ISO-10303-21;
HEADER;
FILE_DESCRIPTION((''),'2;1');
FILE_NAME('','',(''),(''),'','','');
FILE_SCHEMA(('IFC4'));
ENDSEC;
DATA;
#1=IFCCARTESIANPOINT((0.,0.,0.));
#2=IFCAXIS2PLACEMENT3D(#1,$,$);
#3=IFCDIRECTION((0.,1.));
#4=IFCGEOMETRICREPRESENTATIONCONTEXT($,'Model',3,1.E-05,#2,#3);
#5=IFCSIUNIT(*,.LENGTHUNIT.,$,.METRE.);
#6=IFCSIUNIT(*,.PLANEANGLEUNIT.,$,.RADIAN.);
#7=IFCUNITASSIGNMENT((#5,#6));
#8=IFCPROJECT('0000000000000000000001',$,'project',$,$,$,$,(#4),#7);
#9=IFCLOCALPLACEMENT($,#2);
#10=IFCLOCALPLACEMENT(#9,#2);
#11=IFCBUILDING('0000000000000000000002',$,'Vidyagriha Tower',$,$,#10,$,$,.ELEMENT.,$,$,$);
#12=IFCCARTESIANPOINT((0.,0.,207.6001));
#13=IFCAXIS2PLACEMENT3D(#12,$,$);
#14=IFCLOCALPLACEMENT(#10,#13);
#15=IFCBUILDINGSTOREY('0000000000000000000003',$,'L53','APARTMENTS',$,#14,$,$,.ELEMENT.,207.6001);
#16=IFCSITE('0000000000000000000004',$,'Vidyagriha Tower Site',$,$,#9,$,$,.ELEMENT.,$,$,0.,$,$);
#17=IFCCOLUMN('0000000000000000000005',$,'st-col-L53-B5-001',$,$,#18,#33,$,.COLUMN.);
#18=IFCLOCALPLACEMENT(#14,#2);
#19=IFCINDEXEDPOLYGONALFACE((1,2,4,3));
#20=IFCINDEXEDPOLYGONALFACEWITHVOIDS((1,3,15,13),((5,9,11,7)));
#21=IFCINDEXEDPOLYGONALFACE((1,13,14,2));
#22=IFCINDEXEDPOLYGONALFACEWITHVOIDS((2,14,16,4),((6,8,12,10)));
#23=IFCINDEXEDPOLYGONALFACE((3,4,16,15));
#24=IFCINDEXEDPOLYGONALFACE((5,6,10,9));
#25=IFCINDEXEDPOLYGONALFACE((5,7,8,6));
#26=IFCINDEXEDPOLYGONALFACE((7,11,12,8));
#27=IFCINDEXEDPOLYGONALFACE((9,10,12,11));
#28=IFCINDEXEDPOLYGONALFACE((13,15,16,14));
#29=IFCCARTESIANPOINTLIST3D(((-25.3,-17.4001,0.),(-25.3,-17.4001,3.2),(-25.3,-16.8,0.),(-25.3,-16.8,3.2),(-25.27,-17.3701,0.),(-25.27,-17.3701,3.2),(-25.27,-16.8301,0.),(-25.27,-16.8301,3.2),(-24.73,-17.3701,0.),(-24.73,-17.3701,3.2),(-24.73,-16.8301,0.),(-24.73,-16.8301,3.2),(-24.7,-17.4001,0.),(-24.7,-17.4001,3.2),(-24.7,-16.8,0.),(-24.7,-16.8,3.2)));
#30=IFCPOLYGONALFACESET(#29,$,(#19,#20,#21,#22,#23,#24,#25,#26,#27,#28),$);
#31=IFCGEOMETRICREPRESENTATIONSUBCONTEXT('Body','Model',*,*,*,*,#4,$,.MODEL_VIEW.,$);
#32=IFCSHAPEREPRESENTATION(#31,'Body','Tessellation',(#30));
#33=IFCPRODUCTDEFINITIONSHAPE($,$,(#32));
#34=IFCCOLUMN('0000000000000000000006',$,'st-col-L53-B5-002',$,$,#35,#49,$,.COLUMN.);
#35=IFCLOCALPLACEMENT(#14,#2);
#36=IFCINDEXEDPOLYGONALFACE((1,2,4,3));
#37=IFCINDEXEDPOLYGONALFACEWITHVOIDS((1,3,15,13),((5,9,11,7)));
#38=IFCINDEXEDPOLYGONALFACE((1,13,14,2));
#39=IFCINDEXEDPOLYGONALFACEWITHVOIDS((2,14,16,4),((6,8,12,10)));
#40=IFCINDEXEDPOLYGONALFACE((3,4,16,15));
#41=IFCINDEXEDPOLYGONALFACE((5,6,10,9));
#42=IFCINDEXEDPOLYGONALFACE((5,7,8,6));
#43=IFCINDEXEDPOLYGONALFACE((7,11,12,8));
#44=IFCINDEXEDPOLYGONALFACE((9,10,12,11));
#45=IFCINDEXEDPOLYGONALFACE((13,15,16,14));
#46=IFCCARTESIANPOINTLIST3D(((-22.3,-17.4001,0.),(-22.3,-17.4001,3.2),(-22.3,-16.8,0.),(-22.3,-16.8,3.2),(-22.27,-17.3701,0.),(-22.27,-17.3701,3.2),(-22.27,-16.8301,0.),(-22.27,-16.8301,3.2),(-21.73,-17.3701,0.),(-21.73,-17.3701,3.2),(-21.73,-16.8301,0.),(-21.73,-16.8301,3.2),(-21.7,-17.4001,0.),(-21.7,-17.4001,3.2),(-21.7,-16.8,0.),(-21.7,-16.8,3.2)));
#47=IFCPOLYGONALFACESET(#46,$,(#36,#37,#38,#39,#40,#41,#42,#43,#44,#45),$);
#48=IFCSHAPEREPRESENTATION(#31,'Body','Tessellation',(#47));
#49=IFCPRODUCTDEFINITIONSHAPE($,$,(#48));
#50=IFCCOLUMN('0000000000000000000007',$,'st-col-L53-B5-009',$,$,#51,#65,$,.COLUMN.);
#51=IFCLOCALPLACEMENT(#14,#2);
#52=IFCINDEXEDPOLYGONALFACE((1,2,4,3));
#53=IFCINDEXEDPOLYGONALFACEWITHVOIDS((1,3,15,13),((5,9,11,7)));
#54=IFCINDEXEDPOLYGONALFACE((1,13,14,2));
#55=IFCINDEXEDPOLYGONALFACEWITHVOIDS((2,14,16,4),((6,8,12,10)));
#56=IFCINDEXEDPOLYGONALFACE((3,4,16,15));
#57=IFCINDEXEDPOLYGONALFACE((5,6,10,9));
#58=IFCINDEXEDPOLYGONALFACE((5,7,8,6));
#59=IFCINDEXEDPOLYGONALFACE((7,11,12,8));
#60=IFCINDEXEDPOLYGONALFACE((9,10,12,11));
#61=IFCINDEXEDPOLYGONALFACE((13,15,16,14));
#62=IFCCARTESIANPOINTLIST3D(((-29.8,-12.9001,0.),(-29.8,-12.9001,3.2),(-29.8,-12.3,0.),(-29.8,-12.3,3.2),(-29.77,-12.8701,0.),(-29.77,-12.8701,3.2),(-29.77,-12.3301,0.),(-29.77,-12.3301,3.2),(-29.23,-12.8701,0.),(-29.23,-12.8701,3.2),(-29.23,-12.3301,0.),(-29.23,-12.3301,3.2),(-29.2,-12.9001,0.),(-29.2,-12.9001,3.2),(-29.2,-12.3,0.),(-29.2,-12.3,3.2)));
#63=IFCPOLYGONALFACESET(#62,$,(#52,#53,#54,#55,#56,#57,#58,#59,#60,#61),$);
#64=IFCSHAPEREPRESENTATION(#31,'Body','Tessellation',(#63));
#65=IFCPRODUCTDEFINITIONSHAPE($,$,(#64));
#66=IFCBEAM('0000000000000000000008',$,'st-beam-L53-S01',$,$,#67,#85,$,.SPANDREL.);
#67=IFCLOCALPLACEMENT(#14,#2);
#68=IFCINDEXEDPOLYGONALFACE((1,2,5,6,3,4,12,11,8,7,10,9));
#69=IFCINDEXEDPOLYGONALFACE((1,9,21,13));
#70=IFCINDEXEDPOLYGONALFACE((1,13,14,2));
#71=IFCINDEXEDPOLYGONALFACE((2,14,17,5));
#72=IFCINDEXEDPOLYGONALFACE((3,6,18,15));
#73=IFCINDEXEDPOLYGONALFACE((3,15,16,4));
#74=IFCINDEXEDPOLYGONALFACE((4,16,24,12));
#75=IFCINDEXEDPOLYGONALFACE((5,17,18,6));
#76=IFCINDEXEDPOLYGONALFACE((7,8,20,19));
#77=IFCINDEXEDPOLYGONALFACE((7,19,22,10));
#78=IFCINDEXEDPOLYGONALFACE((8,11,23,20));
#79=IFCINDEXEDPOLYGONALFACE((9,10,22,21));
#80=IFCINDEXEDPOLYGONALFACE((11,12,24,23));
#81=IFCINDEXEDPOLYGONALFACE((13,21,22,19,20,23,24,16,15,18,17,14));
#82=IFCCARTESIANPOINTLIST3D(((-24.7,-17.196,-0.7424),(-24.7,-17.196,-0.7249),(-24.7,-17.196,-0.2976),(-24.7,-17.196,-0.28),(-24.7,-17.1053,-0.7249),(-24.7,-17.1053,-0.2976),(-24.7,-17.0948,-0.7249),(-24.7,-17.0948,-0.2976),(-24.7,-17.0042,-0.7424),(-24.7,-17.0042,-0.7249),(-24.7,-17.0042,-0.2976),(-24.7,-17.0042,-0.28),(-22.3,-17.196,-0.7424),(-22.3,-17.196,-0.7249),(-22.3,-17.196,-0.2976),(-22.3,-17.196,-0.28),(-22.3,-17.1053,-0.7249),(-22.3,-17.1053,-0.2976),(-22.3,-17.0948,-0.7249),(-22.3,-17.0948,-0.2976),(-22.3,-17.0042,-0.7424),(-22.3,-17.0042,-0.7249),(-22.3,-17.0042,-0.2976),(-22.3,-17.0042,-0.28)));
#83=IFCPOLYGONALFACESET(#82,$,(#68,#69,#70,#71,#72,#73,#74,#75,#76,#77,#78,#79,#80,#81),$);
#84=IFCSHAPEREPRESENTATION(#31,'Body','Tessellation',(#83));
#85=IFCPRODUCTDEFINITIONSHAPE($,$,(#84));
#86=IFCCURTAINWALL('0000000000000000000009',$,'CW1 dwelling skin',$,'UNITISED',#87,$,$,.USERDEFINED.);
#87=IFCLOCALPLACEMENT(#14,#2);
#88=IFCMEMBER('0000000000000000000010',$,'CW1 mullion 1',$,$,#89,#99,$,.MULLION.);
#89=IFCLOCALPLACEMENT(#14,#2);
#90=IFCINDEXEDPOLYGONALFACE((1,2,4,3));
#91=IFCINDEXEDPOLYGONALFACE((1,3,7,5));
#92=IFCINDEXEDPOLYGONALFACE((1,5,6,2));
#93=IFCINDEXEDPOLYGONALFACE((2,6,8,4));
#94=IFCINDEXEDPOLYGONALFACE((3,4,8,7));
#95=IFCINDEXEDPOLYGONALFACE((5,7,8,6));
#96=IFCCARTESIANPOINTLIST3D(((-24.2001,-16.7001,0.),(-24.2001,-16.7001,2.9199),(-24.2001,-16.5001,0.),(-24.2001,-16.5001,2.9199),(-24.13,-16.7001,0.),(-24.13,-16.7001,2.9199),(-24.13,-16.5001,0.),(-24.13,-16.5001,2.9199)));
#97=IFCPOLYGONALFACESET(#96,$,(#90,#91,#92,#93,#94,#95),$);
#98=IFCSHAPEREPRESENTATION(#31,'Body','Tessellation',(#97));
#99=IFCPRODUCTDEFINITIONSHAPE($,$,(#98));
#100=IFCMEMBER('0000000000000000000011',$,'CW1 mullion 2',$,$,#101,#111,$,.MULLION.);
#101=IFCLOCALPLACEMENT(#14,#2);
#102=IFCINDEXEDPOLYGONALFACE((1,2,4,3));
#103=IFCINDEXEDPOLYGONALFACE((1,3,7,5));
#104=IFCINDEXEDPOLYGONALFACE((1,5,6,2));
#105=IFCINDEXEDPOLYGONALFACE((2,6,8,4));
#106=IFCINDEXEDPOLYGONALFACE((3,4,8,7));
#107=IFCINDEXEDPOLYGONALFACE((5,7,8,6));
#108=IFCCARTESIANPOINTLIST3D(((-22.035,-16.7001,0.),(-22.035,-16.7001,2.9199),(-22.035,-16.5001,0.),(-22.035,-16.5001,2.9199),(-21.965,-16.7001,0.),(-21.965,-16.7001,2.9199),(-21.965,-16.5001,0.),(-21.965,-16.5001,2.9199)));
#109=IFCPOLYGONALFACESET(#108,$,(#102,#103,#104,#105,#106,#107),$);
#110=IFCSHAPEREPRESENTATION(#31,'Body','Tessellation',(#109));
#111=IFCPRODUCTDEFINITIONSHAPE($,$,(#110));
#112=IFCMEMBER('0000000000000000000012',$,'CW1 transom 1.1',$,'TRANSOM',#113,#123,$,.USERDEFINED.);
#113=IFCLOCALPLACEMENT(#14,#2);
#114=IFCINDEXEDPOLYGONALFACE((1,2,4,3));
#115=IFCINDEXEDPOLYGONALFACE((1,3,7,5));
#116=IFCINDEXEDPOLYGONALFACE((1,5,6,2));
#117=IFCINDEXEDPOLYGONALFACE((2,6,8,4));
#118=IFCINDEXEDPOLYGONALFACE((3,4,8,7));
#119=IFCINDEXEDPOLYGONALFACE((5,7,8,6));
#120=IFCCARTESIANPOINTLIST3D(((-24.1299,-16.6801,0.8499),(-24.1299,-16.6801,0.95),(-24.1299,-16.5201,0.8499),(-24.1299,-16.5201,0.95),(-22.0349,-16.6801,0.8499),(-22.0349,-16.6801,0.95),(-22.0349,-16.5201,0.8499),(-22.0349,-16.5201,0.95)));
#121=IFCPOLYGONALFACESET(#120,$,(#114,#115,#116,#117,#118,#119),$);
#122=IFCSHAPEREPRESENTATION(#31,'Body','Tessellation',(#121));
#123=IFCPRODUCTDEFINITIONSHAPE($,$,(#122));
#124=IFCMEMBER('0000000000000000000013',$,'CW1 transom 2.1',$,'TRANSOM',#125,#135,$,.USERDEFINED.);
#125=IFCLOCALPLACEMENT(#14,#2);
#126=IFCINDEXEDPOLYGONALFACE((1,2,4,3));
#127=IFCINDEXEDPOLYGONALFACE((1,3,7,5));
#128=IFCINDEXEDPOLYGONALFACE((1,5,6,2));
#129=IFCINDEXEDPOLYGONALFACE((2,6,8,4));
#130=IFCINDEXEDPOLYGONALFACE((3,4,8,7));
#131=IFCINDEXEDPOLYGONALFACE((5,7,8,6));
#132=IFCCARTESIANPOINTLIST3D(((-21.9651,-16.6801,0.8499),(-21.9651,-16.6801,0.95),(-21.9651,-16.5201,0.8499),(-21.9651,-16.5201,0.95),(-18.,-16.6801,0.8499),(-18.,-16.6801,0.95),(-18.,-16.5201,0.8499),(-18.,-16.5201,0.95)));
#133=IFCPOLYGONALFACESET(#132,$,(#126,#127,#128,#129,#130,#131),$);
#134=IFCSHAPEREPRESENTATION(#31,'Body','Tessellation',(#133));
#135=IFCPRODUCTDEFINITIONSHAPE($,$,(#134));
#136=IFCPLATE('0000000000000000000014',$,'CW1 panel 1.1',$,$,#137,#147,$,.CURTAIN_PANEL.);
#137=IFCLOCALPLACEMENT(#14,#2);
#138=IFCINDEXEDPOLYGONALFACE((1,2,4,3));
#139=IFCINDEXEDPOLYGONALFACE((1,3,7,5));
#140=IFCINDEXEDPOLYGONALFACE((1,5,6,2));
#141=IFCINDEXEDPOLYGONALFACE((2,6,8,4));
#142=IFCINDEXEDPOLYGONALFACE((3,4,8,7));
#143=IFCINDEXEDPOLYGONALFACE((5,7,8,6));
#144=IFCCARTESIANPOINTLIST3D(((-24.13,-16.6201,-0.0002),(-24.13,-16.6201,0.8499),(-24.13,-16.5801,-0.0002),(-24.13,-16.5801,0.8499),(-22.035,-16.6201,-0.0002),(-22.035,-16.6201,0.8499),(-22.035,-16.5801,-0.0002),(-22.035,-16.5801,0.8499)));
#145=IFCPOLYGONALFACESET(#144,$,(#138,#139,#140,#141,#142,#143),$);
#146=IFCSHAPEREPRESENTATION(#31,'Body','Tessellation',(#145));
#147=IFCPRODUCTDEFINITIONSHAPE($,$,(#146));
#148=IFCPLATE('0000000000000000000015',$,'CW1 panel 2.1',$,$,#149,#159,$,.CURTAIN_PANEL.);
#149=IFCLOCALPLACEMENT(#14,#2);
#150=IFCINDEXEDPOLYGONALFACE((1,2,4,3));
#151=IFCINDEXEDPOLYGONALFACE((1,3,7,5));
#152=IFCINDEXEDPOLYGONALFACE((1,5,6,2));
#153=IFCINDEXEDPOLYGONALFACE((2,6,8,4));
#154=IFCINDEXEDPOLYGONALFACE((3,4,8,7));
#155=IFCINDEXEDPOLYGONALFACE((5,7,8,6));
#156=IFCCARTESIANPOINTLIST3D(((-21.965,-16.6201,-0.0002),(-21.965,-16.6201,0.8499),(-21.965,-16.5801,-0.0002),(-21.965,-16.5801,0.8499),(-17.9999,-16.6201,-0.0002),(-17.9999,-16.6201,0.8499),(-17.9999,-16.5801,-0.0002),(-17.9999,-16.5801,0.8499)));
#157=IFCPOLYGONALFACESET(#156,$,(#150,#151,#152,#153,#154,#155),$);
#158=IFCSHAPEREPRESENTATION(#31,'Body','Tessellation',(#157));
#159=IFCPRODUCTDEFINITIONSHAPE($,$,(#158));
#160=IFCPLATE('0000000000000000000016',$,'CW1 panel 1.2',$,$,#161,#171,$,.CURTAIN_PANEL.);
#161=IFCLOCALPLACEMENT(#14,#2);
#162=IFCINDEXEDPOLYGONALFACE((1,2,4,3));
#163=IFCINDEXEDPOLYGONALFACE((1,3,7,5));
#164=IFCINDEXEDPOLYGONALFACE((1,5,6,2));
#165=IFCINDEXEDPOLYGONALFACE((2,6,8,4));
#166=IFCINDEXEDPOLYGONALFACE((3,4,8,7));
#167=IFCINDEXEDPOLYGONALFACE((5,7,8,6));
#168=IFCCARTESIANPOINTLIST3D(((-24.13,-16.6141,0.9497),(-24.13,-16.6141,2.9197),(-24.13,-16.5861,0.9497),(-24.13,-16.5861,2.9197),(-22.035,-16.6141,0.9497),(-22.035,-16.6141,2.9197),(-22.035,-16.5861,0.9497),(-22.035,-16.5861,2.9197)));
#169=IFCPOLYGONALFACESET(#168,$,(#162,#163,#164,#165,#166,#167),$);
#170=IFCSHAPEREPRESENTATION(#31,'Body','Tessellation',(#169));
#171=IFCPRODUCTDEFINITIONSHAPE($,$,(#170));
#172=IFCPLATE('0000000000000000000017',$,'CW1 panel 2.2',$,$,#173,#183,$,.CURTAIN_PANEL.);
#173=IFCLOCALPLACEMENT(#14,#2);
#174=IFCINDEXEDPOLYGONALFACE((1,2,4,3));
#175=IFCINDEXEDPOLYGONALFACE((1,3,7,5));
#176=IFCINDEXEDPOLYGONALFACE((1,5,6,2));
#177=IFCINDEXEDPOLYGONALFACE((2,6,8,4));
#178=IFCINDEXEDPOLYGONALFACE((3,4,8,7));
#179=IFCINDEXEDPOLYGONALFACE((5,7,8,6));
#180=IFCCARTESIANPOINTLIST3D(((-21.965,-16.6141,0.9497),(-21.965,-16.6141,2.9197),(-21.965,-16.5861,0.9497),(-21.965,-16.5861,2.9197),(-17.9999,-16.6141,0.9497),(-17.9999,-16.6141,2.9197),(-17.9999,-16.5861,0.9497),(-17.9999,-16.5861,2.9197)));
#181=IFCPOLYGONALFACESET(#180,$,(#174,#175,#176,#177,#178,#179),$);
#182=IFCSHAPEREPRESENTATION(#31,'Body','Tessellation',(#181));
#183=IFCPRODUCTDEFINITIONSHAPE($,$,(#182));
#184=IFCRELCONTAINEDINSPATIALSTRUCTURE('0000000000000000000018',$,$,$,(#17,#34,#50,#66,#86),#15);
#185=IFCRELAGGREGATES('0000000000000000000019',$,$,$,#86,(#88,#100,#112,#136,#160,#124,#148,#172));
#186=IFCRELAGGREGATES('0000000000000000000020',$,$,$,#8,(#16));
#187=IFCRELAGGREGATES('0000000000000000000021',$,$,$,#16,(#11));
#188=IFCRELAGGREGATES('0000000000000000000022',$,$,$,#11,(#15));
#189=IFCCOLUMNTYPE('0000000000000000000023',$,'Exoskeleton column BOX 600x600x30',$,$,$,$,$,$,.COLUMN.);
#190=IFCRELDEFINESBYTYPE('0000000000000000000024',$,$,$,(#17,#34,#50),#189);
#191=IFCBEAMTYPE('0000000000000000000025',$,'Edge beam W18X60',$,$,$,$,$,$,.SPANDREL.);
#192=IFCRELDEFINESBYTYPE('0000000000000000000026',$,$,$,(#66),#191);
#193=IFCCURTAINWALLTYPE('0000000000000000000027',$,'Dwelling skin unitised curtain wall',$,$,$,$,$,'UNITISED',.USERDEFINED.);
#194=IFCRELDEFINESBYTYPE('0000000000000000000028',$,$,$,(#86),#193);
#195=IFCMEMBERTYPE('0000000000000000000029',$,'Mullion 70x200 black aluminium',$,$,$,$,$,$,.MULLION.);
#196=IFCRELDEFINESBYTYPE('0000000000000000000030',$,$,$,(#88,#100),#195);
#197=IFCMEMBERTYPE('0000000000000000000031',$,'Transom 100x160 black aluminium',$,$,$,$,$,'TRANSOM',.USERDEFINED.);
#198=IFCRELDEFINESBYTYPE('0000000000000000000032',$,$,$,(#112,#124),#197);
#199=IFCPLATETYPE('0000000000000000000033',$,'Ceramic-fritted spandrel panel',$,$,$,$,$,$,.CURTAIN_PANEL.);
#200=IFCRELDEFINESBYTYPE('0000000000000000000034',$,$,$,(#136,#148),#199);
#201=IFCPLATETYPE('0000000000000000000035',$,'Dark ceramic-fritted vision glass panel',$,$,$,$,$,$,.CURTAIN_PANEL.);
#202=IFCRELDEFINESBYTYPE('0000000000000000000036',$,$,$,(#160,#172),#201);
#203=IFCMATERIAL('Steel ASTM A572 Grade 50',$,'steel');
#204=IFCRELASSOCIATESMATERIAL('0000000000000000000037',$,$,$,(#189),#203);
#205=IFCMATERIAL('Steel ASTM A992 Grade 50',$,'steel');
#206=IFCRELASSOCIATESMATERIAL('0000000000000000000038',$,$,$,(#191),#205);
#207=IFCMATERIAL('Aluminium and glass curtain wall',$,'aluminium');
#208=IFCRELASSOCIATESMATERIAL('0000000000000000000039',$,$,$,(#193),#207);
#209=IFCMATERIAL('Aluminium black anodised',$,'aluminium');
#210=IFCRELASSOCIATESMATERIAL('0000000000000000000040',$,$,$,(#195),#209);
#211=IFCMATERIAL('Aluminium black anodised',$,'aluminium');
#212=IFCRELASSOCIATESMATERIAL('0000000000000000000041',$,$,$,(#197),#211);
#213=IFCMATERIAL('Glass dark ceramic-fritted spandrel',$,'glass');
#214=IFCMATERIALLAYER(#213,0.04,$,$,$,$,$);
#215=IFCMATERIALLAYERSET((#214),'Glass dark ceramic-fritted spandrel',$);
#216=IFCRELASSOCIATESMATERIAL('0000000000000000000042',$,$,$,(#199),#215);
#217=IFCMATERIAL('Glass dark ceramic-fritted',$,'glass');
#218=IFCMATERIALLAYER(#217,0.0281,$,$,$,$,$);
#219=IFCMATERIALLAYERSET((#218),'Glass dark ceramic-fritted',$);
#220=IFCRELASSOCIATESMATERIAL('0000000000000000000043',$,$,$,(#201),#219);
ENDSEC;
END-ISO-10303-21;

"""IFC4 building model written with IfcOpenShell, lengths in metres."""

from ifc_helpers import new_model, si_unit, direction, frame, origin, origin_2d, place, context, subcontext, project, spatial, rectangle, hollow_rectangle, i_section, extrude, material, layer, layer_set, material_profile, profile_set, type_object, element, aggregate, save


model = new_model("IFC4")

# Units and contexts
model_context = context("Model", 3, precision=1e-05, world=origin(), true_north=direction((0.0, 1.0)))
body_context = subcontext(model_context, "Body", "Model", "MODEL_VIEW")
ifc_project = project(units=[si_unit("LENGTHUNIT", "METRE"), si_unit("PLANEANGLEUNIT", "RADIAN")], contexts=[model_context])

# Site, building, storey
site_placement = place(None, origin())
site = spatial("IfcSite", under=ifc_project, at=site_placement, Name="Vidyagriha Tower Site", CompositionType="ELEMENT", RefElevation=0.0)
building_placement = place(site_placement, origin())
building = spatial("IfcBuilding", under=site, at=building_placement, Name="Vidyagriha Tower", CompositionType="ELEMENT")
storey_placement = place(building_placement, frame((0.0, 0.0, 207.6001)))
storey = spatial("IfcBuildingStorey", under=building, at=storey_placement, Name="L53", Description="APARTMENTS", CompositionType="ELEMENT", Elevation=207.6001)

# Columns
ifc_material_1 = material(Name="Steel ASTM A572 Grade 50", Category="steel")
ifc_material_profile_1 = material_profile(ifc_material_1, hollow_rectangle(XDim=0.6001, YDim=0.6001, WallThickness=0.03, at=origin_2d()), Name="BOX 600x600x30")
ifc_profile_set_1 = profile_set([ifc_material_profile_1], Name="Steel ASTM A572 Grade 50")
column_type = type_object("IfcColumnType", Name="Exoskeleton column BOX 600x600x30", PredefinedType="COLUMN", material=ifc_profile_set_1)
for number, where, name in (
    (1, (-25.0, -17.1001, 0.0), "st-col-L53-B5-001"),
    (2, (-22.0, -17.1001, 0.0), "st-col-L53-B5-002"),
    (3, (-29.5, -12.6001, 0.0), "st-col-L53-B5-009"),
):
    element("IfcColumn", number, at=place(storey_placement, frame(where)), inside=storey, type_object=column_type, Name=name, PredefinedType="COLUMN", context=body_context, shape_type="SweptSolid", body=[
        extrude(hollow_rectangle(XDim=0.6001, YDim=0.6001, WallThickness=0.03, at=origin_2d()), origin(), (0.0, 0.0, 1.0), 3.2),
    ])

# Beam
ifc_material_2 = material(Name="Steel ASTM A992 Grade 50", Category="steel")
ifc_material_profile_2 = material_profile(ifc_material_2, i_section(OverallWidth=0.1919, OverallDepth=0.4624, WebThickness=0.0105, FlangeThickness=0.0176, at=origin_2d()), Name="W18X60")
ifc_profile_set_2 = profile_set([ifc_material_profile_2], Name="Steel ASTM A992 Grade 50")
beam_type = type_object("IfcBeamType", Name="Edge beam W18X60", PredefinedType="SPANDREL", material=ifc_profile_set_2)
beam_placement = place(storey_placement, frame((-24.7, -17.1001, -0.5112), z_axis=(1.0, 0.0, 0.0), x_axis=(0.0, 1.0, 0.0)))
element("IfcBeam", 4, at=beam_placement, inside=storey, type_object=beam_type, Name="st-beam-L53-S01", PredefinedType="SPANDREL", context=body_context, shape_type="SweptSolid", body=[
    extrude(i_section(OverallWidth=0.1919, OverallDepth=0.4624, WebThickness=0.0105, FlangeThickness=0.0176, at=origin_2d()), origin(), (0.0, 0.0, 1.0), 2.3999),
])

# Curtain wall, members, plates
ifc_material_3 = material(Name="Aluminium and glass curtain wall", Category="aluminium")
curtain_wall_type = type_object("IfcCurtainWallType", Name="Dwelling skin unitised curtain wall", ElementType="UNITISED", PredefinedType="USERDEFINED", material=ifc_material_3)
curtain_wall_placement = place(storey_placement, origin())
curtain_wall = element("IfcCurtainWall", 5, at=curtain_wall_placement, inside=storey, type_object=curtain_wall_type, Name="CW1 dwelling skin", ObjectType="UNITISED", PredefinedType="USERDEFINED")
ifc_material_4 = material(Name="Aluminium black anodised", Category="aluminium")
ifc_material_profile_3 = material_profile(ifc_material_4, rectangle(XDim=0.2, YDim=0.0701, at=origin_2d()), Name="Mullion 70x200 black aluminium")
ifc_profile_set_3 = profile_set([ifc_material_profile_3], Name="Aluminium black anodised")
member_type_1 = type_object("IfcMemberType", Name="Mullion 70x200 black aluminium", PredefinedType="MULLION", material=ifc_profile_set_3)
member_1_placement = place(storey_placement, frame((-24.165, -16.6001, 0.0), z_axis=(0.0, 0.0, 1.0), x_axis=(0.0, 1.0, 0.0)))
member_1 = element("IfcMember", 6, at=member_1_placement, type_object=member_type_1, Name="CW1 mullion 1", PredefinedType="MULLION", context=body_context, shape_type="SweptSolid", body=[
    extrude(rectangle(XDim=0.2, YDim=0.0701, at=origin_2d()), origin(), (0.0, 0.0, 1.0), 2.9199),
])
member_2_placement = place(storey_placement, frame((-22.0, -16.6001, 0.0), z_axis=(0.0, 0.0, 1.0), x_axis=(0.0, 1.0, 0.0)))
member_2 = element("IfcMember", 7, at=member_2_placement, type_object=member_type_1, Name="CW1 mullion 2", PredefinedType="MULLION", context=body_context, shape_type="SweptSolid", body=[
    extrude(rectangle(XDim=0.2, YDim=0.0701, at=origin_2d()), origin(), (0.0, 0.0, 1.0), 2.9199),
])
ifc_material_5 = material(Name="Aluminium black anodised", Category="aluminium")
ifc_material_profile_4 = material_profile(ifc_material_5, rectangle(XDim=0.1599, YDim=0.1001, at=origin_2d()), Name="Transom 100x160 black aluminium")
ifc_profile_set_4 = profile_set([ifc_material_profile_4], Name="Aluminium black anodised")
member_type_2 = type_object("IfcMemberType", Name="Transom 100x160 black aluminium", ElementType="TRANSOM", PredefinedType="USERDEFINED", material=ifc_profile_set_4)
member_3_placement = place(storey_placement, frame((-24.1299, -16.6001, 0.8999), z_axis=(1.0, 0.0, 0.0), x_axis=(0.0, 1.0, 0.0)))
member_3 = element("IfcMember", 8, at=member_3_placement, type_object=member_type_2, Name="CW1 transom 1.1", ObjectType="TRANSOM", PredefinedType="USERDEFINED", context=body_context, shape_type="SweptSolid", body=[
    extrude(rectangle(XDim=0.1599, YDim=0.1001, at=origin_2d()), origin(), (0.0, 0.0, 1.0), 2.095),
])
member_4_placement = place(storey_placement, frame((-21.9651, -16.6001, 0.8999), z_axis=(1.0, 0.0, 0.0), x_axis=(0.0, 1.0, 0.0)))
member_4 = element("IfcMember", 9, at=member_4_placement, type_object=member_type_2, Name="CW1 transom 2.1", ObjectType="TRANSOM", PredefinedType="USERDEFINED", context=body_context, shape_type="SweptSolid", body=[
    extrude(rectangle(XDim=0.1599, YDim=0.1001, at=origin_2d()), origin(), (0.0, 0.0, 1.0), 3.9651),
])
ifc_material_6 = material(Name="Glass dark ceramic-fritted spandrel", Category="glass")
ifc_layer_1 = layer(ifc_material_6, 0.04)
ifc_layer_set_1 = layer_set([ifc_layer_1], Name="Glass dark ceramic-fritted spandrel")
plate_type_1 = type_object("IfcPlateType", Name="Ceramic-fritted spandrel panel", PredefinedType="CURTAIN_PANEL", material=ifc_layer_set_1)
plate_1_placement = place(storey_placement, frame((-23.0825, -16.6001, -0.0002)))
plate_1 = element("IfcPlate", 10, at=plate_1_placement, type_object=plate_type_1, Name="CW1 panel 1.1", PredefinedType="CURTAIN_PANEL", context=body_context, shape_type="SweptSolid", body=[
    extrude(rectangle(XDim=2.095, YDim=0.04, at=origin_2d()), origin(), (0.0, 0.0, 1.0), 0.8501),
])
plate_2_placement = place(storey_placement, frame((-19.9824, -16.6001, -0.0002)))
plate_2 = element("IfcPlate", 11, at=plate_2_placement, type_object=plate_type_1, Name="CW1 panel 2.1", PredefinedType="CURTAIN_PANEL", context=body_context, shape_type="SweptSolid", body=[
    extrude(rectangle(XDim=3.9651, YDim=0.04, at=origin_2d()), origin(), (0.0, 0.0, 1.0), 0.8501),
])
ifc_material_7 = material(Name="Glass dark ceramic-fritted", Category="glass")
ifc_layer_2 = layer(ifc_material_7, 0.0281)
ifc_layer_set_2 = layer_set([ifc_layer_2], Name="Glass dark ceramic-fritted")
plate_type_2 = type_object("IfcPlateType", Name="Dark ceramic-fritted vision glass panel", PredefinedType="CURTAIN_PANEL", material=ifc_layer_set_2)
plate_3_placement = place(storey_placement, frame((-23.0825, -16.6001, 0.9497)))
plate_3 = element("IfcPlate", 12, at=plate_3_placement, type_object=plate_type_2, Name="CW1 panel 1.2", PredefinedType="CURTAIN_PANEL", context=body_context, shape_type="SweptSolid", body=[
    extrude(rectangle(XDim=2.095, YDim=0.0281, at=origin_2d()), origin(), (0.0, 0.0, 1.0), 1.97),
])
plate_4_placement = place(storey_placement, frame((-19.9824, -16.6001, 0.9497)))
plate_4 = element("IfcPlate", 13, at=plate_4_placement, type_object=plate_type_2, Name="CW1 panel 2.2", PredefinedType="CURTAIN_PANEL", context=body_context, shape_type="SweptSolid", body=[
    extrude(rectangle(XDim=3.9651, YDim=0.0281, at=origin_2d()), origin(), (0.0, 0.0, 1.0), 1.97),
])
aggregate(curtain_wall, [member_1, member_2, member_3, plate_1, plate_3, member_4, plate_2, plate_4])

save(model, "model.ifc")
